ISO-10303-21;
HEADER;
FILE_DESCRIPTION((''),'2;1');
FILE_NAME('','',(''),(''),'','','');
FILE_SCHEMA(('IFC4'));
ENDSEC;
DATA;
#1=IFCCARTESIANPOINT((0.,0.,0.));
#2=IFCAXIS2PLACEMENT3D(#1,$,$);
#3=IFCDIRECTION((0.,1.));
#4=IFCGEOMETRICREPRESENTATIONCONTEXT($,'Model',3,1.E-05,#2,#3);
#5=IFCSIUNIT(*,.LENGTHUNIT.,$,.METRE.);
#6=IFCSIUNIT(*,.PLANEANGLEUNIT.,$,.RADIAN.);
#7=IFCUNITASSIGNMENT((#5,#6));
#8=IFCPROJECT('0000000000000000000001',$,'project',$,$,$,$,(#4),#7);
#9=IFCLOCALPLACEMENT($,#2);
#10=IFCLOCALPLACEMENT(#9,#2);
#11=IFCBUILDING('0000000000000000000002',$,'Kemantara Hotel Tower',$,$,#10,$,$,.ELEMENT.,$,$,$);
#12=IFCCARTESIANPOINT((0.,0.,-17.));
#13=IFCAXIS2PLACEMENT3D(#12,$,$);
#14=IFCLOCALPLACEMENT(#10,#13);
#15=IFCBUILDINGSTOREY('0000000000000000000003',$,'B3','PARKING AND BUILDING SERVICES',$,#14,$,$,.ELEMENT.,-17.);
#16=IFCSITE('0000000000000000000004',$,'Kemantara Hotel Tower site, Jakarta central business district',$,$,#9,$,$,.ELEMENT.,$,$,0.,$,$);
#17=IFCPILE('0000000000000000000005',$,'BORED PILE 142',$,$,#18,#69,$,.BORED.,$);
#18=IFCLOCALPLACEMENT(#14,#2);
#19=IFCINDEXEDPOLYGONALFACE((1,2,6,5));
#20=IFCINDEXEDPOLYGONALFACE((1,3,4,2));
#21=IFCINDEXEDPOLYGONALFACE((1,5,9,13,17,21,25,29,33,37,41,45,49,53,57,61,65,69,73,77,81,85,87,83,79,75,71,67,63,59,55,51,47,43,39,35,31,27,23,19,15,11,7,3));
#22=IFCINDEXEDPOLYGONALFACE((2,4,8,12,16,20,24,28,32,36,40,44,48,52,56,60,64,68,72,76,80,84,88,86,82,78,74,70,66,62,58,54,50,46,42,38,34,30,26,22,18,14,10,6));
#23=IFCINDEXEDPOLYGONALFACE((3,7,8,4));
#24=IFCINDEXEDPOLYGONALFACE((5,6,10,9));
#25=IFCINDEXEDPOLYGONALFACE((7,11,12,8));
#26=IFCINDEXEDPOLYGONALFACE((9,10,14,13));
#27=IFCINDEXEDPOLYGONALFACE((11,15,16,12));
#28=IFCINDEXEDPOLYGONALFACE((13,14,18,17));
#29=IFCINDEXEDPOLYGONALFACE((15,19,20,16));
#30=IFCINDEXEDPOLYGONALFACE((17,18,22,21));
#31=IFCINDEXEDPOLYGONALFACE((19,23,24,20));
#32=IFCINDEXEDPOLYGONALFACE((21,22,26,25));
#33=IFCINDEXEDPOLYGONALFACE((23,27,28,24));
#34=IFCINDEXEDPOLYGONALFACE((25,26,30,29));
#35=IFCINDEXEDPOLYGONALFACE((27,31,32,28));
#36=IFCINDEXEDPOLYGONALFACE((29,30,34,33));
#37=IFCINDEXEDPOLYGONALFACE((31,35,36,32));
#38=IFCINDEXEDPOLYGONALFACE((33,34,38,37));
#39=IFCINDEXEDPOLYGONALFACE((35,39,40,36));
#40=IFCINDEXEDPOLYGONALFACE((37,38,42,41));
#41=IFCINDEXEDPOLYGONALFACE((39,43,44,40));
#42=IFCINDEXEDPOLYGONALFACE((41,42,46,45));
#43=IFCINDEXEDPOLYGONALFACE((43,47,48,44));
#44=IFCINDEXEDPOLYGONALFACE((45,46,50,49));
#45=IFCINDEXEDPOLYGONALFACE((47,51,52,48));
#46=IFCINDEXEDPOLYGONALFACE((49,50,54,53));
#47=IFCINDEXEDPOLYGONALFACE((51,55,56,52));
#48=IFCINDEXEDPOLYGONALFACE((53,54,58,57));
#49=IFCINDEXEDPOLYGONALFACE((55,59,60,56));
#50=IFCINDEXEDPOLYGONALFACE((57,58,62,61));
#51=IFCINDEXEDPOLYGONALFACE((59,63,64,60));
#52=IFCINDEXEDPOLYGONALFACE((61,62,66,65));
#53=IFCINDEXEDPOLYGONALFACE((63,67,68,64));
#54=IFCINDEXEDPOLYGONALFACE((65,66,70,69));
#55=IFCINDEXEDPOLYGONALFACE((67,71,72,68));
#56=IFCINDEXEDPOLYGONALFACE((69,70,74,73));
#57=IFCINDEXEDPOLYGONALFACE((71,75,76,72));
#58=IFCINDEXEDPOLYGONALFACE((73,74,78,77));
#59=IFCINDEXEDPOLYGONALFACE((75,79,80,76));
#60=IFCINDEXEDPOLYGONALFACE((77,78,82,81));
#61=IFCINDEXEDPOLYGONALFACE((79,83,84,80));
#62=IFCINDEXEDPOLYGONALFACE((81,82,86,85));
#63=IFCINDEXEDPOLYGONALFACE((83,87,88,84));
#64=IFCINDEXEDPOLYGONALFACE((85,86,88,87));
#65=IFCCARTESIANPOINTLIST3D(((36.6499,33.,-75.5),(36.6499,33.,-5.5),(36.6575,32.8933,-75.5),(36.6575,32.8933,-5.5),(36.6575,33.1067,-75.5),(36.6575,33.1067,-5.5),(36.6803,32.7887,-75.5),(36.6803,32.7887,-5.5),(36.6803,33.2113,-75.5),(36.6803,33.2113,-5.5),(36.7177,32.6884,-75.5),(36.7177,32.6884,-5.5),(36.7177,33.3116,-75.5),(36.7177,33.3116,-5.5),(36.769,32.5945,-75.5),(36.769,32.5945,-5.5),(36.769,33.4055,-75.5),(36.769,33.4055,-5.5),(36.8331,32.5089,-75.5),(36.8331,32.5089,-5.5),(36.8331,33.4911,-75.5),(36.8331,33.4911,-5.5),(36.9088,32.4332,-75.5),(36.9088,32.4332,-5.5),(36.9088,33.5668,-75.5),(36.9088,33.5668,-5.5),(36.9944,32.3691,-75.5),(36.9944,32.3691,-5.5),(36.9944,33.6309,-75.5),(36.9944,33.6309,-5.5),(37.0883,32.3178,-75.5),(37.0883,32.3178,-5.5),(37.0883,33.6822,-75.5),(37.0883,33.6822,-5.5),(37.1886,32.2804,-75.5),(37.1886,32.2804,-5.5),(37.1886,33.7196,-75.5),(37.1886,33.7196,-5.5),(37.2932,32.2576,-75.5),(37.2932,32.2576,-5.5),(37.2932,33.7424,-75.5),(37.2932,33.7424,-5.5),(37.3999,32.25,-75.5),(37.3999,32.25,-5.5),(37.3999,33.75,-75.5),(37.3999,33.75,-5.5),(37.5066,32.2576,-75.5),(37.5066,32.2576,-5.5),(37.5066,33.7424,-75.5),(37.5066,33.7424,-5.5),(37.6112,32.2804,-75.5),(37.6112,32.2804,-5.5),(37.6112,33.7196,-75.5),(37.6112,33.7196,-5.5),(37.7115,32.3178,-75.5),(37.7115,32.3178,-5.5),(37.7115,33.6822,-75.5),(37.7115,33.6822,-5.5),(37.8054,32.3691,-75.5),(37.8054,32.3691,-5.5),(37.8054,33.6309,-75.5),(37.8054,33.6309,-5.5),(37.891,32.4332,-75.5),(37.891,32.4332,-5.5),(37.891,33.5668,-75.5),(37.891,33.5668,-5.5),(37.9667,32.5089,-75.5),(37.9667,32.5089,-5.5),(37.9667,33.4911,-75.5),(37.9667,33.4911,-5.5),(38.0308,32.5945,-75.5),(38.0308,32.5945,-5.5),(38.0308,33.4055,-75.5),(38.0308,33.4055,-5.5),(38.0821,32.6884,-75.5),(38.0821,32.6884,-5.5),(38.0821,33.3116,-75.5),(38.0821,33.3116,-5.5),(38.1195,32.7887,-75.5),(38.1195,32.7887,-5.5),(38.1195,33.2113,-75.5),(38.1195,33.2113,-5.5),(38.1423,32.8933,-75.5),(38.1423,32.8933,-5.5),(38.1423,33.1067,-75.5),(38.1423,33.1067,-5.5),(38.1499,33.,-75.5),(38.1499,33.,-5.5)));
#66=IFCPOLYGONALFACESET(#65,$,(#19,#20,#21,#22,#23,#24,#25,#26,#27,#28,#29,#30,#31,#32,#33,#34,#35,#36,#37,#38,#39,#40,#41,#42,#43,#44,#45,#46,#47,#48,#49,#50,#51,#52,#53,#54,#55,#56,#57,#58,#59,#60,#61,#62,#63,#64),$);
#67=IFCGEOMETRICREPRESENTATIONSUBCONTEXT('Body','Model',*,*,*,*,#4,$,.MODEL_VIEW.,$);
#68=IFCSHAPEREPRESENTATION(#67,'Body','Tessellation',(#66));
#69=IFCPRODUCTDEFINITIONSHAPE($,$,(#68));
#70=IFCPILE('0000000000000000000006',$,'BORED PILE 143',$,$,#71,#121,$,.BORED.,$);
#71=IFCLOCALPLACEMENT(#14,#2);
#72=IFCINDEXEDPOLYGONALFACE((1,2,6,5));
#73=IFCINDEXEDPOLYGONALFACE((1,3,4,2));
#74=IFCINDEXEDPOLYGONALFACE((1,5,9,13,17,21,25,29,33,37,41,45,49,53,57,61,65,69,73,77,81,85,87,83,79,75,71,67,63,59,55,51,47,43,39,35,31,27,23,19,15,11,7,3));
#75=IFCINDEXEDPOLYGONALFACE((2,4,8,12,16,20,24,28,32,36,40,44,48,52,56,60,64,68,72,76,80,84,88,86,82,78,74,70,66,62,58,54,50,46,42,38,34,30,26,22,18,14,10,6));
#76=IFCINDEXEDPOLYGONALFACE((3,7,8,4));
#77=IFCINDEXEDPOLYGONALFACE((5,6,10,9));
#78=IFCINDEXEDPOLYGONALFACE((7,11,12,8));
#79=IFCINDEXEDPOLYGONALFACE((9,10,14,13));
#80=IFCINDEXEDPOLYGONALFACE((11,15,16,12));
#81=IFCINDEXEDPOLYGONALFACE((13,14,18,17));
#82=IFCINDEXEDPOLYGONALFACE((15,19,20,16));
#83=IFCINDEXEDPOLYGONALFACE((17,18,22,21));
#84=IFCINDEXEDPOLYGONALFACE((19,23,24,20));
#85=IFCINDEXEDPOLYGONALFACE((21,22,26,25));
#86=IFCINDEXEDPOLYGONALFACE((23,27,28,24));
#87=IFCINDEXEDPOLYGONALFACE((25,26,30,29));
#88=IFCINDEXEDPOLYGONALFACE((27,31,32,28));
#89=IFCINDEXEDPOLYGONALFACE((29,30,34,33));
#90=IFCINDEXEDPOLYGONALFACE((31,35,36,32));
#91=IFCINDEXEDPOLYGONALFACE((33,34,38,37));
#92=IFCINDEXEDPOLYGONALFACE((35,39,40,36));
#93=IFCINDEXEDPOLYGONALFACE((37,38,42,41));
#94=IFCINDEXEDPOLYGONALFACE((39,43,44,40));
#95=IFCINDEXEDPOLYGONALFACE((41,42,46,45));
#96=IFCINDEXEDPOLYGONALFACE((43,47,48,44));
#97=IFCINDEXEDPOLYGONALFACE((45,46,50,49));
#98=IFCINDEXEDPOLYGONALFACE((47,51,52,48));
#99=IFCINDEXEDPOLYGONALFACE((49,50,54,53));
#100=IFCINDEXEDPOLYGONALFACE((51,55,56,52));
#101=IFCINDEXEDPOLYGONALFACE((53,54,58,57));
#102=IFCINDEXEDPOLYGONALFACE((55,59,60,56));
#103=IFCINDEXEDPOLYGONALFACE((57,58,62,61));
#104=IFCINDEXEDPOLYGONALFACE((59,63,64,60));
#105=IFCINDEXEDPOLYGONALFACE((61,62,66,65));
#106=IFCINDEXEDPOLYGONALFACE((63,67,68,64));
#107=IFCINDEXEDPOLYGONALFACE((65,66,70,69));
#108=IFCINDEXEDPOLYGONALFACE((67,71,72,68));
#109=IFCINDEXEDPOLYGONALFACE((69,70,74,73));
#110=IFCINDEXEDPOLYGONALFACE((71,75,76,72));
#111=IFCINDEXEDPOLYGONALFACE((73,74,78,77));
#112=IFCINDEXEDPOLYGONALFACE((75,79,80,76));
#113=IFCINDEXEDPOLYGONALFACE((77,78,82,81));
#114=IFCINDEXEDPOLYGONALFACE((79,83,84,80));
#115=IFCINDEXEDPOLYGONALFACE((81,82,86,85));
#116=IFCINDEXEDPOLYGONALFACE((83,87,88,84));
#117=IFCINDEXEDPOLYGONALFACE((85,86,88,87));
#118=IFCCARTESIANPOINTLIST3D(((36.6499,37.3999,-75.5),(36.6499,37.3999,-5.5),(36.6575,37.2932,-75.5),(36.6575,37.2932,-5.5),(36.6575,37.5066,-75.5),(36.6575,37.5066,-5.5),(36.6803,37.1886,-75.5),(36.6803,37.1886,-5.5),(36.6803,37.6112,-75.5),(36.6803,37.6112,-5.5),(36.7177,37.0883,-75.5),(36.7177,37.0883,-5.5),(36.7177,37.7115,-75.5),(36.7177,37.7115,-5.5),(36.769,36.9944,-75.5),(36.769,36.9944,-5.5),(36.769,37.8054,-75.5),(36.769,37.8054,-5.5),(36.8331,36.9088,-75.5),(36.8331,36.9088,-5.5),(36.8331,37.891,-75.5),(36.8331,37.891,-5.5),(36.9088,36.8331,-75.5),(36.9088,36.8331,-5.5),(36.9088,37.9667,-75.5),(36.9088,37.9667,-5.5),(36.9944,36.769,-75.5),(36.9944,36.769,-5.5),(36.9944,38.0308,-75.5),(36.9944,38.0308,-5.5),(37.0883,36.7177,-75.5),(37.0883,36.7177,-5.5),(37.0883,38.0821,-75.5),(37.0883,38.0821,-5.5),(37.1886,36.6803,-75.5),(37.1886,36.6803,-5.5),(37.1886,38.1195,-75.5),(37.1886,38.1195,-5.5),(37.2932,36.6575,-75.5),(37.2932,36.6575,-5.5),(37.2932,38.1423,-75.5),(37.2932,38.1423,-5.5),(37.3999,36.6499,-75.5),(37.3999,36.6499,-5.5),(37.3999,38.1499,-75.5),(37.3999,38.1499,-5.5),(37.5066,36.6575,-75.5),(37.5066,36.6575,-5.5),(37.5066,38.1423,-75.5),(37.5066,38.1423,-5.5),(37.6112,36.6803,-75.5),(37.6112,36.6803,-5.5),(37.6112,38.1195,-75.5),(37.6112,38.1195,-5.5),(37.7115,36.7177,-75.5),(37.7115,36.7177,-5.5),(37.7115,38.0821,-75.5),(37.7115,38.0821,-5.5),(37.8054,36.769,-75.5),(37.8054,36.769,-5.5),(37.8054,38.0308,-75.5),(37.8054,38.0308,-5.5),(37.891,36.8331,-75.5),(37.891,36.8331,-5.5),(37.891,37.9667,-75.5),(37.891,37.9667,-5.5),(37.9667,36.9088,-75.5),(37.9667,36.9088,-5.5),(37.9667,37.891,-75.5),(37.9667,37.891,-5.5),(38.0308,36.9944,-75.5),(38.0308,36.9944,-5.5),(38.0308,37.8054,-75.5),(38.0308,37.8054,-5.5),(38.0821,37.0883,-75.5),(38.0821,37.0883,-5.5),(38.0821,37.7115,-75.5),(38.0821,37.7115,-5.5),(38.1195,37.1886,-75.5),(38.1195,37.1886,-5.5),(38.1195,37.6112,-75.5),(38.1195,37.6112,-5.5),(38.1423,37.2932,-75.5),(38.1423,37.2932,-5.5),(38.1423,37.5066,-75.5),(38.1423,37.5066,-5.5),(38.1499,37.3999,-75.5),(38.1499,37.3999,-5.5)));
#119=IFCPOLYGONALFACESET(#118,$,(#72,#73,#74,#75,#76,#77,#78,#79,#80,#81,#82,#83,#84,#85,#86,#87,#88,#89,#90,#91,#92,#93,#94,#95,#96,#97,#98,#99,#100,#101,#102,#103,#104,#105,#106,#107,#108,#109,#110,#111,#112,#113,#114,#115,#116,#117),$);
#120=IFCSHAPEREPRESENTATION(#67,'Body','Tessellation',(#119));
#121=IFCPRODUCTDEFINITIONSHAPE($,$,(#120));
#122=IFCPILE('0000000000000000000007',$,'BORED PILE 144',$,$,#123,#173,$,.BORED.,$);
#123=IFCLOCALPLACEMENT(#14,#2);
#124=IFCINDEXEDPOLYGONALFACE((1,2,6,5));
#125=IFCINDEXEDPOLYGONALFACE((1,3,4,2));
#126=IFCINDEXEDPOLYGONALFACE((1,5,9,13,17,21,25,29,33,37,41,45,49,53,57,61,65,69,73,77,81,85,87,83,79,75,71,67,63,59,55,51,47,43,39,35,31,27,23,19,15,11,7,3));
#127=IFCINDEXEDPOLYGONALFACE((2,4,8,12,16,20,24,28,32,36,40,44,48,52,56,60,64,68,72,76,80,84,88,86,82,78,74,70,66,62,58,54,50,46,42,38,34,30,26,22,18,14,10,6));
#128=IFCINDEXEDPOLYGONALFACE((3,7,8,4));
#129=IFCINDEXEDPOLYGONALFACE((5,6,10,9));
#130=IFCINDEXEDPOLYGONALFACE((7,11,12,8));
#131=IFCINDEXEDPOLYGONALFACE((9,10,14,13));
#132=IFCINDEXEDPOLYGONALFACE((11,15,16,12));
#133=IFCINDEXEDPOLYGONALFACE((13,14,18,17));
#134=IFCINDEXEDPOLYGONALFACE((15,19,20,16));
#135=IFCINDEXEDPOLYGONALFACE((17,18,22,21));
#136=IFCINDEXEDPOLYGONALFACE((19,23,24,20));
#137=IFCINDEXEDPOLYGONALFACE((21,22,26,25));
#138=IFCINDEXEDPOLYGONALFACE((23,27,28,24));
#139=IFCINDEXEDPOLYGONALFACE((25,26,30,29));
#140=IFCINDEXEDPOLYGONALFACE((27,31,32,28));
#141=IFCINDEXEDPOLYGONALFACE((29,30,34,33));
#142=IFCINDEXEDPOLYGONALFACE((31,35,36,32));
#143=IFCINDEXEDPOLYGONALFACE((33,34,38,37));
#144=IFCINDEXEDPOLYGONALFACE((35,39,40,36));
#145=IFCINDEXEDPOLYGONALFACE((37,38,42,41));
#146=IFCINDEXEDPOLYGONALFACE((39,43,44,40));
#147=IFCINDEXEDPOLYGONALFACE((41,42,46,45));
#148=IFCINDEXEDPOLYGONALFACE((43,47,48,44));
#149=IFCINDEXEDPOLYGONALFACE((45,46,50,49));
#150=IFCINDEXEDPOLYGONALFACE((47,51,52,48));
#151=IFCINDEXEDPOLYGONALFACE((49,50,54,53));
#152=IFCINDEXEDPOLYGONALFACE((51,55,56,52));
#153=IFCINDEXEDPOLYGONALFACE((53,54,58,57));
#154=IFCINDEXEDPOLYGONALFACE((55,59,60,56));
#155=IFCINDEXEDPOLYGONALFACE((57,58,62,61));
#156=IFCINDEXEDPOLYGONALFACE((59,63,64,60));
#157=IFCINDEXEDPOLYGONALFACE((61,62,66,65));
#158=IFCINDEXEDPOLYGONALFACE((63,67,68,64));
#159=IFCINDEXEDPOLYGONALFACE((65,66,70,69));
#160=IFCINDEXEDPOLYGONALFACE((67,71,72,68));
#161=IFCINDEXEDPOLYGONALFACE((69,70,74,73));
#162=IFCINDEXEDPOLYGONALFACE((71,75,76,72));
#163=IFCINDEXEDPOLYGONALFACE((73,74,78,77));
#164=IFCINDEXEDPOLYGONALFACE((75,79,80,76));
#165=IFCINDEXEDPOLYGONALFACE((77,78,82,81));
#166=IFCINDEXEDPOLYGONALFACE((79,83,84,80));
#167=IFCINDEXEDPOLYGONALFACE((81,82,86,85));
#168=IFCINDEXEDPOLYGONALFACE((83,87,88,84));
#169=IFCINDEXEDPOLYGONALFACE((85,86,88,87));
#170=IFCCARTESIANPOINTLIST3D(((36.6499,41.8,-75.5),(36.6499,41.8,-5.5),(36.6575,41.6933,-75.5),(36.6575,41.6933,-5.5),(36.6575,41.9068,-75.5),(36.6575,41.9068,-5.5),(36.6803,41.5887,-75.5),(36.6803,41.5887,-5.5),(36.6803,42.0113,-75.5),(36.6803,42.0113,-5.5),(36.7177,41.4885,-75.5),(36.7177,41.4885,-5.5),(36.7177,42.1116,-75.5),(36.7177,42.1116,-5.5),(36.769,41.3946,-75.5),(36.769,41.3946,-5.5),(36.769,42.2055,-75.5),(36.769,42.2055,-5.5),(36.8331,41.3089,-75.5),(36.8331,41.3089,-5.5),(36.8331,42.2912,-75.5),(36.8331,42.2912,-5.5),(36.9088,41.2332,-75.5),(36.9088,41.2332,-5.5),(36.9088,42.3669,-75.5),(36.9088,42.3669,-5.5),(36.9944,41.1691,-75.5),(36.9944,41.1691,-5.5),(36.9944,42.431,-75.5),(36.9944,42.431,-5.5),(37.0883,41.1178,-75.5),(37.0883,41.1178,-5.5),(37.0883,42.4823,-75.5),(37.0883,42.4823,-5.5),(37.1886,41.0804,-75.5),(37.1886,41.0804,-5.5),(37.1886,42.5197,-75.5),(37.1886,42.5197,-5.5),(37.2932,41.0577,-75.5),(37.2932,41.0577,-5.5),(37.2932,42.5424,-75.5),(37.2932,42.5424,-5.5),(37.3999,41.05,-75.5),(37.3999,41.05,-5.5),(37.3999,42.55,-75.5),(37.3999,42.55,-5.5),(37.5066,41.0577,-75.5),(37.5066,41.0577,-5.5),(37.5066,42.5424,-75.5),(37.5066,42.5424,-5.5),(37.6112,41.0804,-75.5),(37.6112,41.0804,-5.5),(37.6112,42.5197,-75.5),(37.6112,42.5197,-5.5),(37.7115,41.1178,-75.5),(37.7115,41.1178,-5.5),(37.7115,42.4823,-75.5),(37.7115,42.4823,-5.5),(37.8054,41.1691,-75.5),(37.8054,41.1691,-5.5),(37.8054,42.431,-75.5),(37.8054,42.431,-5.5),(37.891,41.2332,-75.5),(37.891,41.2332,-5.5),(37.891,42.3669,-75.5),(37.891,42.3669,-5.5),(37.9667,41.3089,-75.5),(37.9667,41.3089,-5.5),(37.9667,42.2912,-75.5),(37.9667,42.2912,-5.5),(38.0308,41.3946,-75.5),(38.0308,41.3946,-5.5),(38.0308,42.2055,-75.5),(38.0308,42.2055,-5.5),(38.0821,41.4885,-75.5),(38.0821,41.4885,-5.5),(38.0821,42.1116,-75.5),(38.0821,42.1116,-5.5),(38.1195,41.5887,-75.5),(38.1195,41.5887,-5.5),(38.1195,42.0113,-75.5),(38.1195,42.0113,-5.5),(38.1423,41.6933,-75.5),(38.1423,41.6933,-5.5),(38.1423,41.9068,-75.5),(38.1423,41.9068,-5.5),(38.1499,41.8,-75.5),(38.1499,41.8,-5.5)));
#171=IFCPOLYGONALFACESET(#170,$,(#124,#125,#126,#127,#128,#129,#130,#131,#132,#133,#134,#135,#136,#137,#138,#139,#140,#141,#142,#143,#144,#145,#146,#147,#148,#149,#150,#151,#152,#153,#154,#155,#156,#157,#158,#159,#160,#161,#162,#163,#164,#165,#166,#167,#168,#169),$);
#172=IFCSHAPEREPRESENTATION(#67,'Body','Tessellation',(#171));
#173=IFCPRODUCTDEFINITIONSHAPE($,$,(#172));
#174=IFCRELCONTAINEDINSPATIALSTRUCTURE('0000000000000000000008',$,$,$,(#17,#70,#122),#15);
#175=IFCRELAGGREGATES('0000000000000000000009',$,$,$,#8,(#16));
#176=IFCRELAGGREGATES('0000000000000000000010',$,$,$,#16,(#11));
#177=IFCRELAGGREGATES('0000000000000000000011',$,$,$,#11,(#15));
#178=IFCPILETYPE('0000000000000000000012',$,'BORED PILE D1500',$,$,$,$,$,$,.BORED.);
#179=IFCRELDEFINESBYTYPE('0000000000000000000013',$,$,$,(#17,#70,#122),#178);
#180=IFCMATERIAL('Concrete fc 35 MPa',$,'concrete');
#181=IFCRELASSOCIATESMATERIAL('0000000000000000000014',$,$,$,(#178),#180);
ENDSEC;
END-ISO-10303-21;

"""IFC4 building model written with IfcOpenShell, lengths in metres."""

from ifc_helpers import new_model, si_unit, direction, frame, origin, origin_2d, place, context, subcontext, project, spatial, circle, extrude, material, material_profile, profile_set, type_object, element, save


model = new_model("IFC4")

# Units and contexts
model_context = context("Model", 3, precision=1e-05, world=origin(), true_north=direction((0.0, 1.0)))
body_context = subcontext(model_context, "Body", "Model", "MODEL_VIEW")
ifc_project = project(units=[si_unit("LENGTHUNIT", "METRE"), si_unit("PLANEANGLEUNIT", "RADIAN")], contexts=[model_context])

# Site, building, storey
site_placement = place(None, origin())
site = spatial("IfcSite", under=ifc_project, at=site_placement, Name="Kemantara Hotel Tower site, Jakarta central business district", CompositionType="ELEMENT", RefElevation=0.0)
building_placement = place(site_placement, origin())
building = spatial("IfcBuilding", under=site, at=building_placement, Name="Kemantara Hotel Tower", CompositionType="ELEMENT")
storey_placement = place(building_placement, frame((0.0, 0.0, -17.0)))
storey = spatial("IfcBuildingStorey", under=building, at=storey_placement, Name="B3", Description="PARKING AND BUILDING SERVICES", CompositionType="ELEMENT", Elevation=-17.0)

# Piles
ifc_material_1 = material(Name="Concrete fc 35 MPa", Category="concrete")
ifc_material_profile_1 = material_profile(ifc_material_1, circle(Radius=0.75, at=origin_2d()), Name="BORED PILE D1500")
ifc_profile_set_1 = profile_set([ifc_material_profile_1], Name="Concrete fc 35 MPa")
pile_type = type_object("IfcPileType", Name="BORED PILE D1500", PredefinedType="BORED", material=ifc_profile_set_1)
for number, where, z_axis, x_axis, name in (
    (1, (37.3999, 33.0, -5.5), (0.0, 0.0, -1.0), (1.0, 0.0, 0.0), "BORED PILE 142"),
    (2, (37.3999, 37.3999, -5.5), (0.0, 0.0, -1.0), (1.0, 0.0, 0.0), "BORED PILE 143"),
    (3, (37.3999, 41.8, -5.5), (0.0, 0.0, -1.0), (1.0, 0.0, 0.0), "BORED PILE 144"),
):
    element("IfcPile", number, at=place(storey_placement, frame(where, z_axis=z_axis, x_axis=x_axis)), inside=storey, type_object=pile_type, Name=name, PredefinedType="BORED", context=body_context, shape_type="SweptSolid", body=[
        extrude(circle(Radius=0.75, at=origin_2d()), origin(), (0.0, 0.0, 1.0), 70.0),
    ])

save(model, "model.ifc")
